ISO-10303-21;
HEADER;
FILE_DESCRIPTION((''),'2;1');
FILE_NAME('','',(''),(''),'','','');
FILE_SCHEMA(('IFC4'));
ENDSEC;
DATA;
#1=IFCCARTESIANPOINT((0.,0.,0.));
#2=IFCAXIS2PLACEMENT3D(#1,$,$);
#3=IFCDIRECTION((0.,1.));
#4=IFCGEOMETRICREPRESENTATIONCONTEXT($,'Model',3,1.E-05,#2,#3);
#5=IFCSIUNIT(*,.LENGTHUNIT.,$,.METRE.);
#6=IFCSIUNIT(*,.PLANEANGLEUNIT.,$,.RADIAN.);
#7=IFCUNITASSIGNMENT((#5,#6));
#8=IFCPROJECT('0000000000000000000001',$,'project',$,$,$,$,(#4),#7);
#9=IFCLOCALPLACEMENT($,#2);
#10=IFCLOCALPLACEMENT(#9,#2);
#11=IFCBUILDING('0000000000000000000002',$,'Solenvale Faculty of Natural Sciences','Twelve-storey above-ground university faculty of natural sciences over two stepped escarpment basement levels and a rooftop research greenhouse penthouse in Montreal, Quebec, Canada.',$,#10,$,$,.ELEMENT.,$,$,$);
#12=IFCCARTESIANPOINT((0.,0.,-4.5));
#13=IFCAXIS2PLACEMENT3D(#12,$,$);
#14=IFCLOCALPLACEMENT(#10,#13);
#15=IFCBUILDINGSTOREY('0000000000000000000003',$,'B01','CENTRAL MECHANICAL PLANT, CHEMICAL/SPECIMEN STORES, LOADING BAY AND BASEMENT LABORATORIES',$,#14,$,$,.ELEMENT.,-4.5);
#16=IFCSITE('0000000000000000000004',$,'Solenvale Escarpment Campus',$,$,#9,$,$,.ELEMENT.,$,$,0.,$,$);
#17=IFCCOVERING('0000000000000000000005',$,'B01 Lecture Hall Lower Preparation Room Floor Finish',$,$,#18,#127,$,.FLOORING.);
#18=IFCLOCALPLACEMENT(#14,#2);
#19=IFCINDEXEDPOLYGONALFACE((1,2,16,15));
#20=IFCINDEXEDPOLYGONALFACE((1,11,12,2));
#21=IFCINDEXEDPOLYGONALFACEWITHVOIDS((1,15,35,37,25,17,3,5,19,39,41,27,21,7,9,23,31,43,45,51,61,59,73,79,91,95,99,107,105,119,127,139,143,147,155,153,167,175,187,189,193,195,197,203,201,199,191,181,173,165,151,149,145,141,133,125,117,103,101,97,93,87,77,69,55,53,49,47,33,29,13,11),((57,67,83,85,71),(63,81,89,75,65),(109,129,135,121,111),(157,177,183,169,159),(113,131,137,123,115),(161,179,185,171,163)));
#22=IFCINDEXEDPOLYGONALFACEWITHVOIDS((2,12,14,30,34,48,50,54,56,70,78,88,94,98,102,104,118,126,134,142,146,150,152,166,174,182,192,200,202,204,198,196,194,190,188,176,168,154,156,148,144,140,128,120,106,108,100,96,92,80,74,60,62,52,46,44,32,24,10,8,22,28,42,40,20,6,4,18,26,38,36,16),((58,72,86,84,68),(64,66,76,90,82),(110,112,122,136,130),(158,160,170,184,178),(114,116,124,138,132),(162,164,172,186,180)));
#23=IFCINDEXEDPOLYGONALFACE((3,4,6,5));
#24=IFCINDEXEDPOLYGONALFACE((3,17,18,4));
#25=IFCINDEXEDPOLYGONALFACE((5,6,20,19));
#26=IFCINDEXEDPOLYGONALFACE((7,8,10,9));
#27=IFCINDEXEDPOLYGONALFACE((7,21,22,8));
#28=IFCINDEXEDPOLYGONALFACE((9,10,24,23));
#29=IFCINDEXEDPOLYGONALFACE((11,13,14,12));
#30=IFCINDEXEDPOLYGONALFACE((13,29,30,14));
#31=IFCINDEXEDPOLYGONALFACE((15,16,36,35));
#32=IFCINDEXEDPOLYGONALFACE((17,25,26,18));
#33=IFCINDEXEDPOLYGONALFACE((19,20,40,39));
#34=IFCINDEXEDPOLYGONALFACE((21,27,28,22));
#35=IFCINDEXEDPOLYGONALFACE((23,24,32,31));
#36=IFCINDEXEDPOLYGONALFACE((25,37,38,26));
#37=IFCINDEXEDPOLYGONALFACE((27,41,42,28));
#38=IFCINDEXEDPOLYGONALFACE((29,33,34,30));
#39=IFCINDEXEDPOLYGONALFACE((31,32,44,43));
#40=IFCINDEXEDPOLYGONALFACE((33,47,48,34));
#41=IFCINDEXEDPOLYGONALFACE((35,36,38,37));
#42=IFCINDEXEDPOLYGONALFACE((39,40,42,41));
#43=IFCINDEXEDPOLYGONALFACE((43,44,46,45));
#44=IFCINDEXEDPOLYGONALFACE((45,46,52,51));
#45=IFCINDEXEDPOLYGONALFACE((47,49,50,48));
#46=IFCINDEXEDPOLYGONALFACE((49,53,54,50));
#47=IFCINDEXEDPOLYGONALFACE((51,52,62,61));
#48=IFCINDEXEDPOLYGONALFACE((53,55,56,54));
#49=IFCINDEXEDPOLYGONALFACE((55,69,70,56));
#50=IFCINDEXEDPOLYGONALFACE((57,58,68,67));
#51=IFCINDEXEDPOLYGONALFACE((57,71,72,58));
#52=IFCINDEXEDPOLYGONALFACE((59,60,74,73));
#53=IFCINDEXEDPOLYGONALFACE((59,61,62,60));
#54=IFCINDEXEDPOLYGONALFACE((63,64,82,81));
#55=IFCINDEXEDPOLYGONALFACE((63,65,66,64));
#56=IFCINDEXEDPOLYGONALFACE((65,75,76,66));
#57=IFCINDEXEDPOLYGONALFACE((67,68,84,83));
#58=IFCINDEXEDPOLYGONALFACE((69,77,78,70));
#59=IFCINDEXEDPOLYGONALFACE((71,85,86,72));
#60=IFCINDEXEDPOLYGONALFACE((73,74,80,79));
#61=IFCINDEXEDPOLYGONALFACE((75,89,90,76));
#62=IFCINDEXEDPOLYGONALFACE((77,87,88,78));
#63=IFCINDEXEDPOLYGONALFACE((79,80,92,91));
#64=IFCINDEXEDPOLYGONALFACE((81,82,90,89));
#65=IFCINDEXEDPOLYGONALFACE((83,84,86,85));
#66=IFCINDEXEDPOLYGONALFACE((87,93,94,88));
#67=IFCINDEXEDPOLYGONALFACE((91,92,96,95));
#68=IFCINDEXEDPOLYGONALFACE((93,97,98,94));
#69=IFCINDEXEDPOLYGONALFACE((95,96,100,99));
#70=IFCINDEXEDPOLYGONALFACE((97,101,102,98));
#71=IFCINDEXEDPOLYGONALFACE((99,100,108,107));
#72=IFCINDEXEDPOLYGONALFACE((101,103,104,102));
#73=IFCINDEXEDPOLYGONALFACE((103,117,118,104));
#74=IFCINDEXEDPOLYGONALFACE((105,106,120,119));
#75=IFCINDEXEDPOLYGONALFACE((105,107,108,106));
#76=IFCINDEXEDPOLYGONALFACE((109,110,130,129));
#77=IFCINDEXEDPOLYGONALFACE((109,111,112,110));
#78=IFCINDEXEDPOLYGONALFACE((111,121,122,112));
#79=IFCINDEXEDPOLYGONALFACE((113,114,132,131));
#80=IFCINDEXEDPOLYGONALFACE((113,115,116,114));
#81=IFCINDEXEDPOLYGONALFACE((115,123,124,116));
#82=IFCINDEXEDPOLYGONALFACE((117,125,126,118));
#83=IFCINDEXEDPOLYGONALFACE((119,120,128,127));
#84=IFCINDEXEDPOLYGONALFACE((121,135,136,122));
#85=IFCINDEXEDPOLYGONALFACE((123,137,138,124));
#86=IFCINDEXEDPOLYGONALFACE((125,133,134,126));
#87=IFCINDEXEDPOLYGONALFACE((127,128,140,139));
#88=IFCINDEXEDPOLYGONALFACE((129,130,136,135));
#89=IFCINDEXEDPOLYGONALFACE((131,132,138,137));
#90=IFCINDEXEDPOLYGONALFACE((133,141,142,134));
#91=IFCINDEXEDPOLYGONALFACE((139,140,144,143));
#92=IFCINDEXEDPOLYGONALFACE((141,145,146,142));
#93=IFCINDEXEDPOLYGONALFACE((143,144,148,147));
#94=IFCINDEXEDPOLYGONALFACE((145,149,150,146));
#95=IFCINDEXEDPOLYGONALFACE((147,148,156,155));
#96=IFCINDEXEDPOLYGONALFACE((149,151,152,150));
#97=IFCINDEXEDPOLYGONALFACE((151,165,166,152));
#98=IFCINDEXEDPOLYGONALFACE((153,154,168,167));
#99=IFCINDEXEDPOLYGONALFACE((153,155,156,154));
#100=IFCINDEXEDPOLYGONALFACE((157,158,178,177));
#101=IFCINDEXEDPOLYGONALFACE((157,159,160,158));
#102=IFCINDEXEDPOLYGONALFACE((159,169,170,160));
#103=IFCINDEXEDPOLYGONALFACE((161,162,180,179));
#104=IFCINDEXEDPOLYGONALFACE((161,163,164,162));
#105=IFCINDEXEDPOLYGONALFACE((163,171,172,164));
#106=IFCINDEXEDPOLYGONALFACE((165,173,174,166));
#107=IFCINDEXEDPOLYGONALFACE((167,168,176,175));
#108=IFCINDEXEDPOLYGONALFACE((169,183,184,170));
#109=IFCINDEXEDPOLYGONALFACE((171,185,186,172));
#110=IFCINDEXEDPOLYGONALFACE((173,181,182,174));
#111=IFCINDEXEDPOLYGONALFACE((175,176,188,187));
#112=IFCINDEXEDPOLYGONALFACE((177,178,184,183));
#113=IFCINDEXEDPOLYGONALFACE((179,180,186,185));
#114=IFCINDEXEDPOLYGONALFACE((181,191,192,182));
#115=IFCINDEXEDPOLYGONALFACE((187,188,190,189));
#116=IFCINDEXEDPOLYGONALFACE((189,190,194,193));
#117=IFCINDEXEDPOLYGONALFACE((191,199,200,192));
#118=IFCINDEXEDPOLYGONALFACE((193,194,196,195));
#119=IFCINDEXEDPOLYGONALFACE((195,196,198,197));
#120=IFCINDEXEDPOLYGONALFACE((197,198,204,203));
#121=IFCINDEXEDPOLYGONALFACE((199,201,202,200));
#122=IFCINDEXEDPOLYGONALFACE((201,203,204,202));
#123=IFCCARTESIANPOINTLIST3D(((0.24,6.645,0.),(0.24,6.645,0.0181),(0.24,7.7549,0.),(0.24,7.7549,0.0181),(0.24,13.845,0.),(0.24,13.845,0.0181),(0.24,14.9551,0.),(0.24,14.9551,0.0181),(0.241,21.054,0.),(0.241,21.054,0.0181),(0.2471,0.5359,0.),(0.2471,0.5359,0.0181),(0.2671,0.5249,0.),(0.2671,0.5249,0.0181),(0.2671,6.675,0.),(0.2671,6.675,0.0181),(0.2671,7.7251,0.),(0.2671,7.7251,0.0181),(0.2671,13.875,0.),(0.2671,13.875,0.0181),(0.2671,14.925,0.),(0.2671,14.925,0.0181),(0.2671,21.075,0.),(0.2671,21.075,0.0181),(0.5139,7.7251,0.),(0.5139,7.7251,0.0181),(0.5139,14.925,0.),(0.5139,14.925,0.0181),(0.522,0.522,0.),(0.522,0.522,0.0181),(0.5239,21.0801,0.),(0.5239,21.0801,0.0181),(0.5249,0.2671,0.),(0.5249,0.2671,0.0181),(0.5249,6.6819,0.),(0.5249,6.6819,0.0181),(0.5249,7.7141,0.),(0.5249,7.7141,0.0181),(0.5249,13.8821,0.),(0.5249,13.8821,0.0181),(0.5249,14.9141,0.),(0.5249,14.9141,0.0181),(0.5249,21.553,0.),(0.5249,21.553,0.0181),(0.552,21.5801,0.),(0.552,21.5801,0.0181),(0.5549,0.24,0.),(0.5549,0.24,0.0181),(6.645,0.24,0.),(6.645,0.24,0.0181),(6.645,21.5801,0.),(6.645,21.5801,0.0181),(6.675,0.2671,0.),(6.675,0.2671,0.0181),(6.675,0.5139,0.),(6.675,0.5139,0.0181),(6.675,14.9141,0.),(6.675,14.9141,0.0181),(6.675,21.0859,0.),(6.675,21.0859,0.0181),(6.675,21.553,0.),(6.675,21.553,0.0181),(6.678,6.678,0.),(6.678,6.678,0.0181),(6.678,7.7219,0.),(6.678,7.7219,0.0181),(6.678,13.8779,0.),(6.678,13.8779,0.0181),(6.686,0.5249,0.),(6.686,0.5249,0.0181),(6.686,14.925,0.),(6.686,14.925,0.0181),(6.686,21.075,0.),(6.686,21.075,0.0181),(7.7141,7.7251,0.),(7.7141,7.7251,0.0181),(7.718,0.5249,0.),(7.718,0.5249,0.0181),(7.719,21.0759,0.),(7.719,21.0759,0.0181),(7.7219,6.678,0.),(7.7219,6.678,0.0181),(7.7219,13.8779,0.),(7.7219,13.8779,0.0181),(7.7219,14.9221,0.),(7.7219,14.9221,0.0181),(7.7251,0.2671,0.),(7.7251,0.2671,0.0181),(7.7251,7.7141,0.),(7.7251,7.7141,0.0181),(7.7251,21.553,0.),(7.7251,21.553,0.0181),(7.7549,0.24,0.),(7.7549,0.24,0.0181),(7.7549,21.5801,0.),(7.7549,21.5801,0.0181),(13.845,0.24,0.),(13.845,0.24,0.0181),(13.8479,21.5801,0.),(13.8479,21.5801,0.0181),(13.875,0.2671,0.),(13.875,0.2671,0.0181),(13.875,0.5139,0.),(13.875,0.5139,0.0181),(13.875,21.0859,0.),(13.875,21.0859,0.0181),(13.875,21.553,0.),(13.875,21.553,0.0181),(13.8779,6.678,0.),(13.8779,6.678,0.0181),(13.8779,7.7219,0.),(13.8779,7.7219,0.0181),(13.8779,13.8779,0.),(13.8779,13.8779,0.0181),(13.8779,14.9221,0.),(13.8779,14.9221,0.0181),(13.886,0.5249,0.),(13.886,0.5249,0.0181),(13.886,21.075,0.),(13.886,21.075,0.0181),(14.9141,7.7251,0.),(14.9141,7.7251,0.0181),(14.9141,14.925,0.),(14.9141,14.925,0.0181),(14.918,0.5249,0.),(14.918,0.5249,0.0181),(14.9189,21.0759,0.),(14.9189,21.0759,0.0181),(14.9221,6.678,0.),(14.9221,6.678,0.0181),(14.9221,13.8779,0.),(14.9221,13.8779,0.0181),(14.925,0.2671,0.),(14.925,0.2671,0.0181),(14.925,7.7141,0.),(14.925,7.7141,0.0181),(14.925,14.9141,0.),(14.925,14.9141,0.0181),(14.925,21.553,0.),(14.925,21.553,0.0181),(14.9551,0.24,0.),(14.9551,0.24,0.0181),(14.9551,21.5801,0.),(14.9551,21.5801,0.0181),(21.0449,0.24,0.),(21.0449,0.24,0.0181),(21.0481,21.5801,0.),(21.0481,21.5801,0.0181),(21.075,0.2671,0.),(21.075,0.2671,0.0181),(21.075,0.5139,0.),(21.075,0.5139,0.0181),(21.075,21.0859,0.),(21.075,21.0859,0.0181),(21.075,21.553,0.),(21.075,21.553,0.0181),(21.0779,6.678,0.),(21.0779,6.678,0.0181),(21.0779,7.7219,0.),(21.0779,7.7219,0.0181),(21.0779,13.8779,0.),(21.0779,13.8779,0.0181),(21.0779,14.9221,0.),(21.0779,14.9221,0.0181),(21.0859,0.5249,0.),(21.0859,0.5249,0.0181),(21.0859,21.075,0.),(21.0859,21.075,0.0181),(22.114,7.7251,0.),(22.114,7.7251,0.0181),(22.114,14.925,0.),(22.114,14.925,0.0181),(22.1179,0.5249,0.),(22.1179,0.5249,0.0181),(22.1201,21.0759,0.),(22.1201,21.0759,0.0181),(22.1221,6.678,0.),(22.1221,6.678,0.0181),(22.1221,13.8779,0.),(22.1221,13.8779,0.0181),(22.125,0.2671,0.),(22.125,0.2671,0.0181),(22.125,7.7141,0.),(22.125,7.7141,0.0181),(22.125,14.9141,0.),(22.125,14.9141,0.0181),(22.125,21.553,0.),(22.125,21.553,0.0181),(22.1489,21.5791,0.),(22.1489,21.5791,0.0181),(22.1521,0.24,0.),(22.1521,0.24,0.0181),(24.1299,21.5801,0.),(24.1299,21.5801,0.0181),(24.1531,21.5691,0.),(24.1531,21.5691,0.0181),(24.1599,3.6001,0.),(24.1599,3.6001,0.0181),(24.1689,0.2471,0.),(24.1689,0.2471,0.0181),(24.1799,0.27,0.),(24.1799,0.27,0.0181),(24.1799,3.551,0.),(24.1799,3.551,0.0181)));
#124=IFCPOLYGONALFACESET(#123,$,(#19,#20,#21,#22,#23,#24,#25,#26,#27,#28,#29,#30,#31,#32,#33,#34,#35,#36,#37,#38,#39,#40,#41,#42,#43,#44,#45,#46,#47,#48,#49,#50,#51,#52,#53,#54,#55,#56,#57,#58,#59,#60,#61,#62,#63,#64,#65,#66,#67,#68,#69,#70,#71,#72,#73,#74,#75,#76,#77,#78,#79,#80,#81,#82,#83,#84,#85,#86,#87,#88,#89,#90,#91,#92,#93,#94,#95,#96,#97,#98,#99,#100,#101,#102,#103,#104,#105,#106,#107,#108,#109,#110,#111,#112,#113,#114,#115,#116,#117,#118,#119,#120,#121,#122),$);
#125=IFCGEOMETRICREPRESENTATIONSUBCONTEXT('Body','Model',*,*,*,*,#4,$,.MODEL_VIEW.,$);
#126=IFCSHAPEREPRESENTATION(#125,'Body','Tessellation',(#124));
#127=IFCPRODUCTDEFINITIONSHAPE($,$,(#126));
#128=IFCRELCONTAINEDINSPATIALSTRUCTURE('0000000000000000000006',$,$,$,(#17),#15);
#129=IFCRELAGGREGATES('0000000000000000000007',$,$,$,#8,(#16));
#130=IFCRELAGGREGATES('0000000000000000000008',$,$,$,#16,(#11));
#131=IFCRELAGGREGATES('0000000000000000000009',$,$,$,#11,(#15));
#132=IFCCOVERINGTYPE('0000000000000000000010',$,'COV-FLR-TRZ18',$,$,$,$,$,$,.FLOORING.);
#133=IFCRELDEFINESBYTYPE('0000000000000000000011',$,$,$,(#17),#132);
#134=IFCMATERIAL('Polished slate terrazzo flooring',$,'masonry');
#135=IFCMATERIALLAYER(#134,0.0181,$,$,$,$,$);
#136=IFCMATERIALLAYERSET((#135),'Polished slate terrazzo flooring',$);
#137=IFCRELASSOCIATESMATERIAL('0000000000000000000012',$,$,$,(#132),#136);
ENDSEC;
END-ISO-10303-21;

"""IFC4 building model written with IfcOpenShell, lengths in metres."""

from ifc_helpers import new_model, si_unit, direction, frame, origin, place, context, subcontext, project, spatial, polyline, outline, extrude, material, layer, layer_set, type_object, element, save


model = new_model("IFC4")

# Units and contexts
model_context = context("Model", 3, precision=1e-05, world=origin(), true_north=direction((0.0, 1.0)))
body_context = subcontext(model_context, "Body", "Model", "MODEL_VIEW")
ifc_project = project(units=[si_unit("LENGTHUNIT", "METRE"), si_unit("PLANEANGLEUNIT", "RADIAN")], contexts=[model_context])

# Site, building, storey
site_placement = place(None, origin())
site = spatial("IfcSite", under=ifc_project, at=site_placement, Name="Solenvale Escarpment Campus", CompositionType="ELEMENT", RefElevation=0.0)
building_placement = place(site_placement, origin())
building = spatial("IfcBuilding", under=site, at=building_placement, Name="Solenvale Faculty of Natural Sciences", Description="Twelve-storey above-ground university faculty of natural sciences over two stepped escarpment basement levels and a rooftop research greenhouse penthouse in Montreal, Quebec, Canada.", CompositionType="ELEMENT")
storey_placement = place(building_placement, frame((0.0, 0.0, -4.5)))
storey = spatial("IfcBuildingStorey", under=building, at=storey_placement, Name="B01", Description="CENTRAL MECHANICAL PLANT, CHEMICAL/SPECIMEN STORES, LOADING BAY AND BASEMENT LABORATORIES", CompositionType="ELEMENT", Elevation=-4.5)

# Covering
ifc_material_1 = material(Name="Polished slate terrazzo flooring", Category="masonry")
ifc_layer_1 = layer(ifc_material_1, 0.0181)
ifc_layer_set_1 = layer_set([ifc_layer_1], Name="Polished slate terrazzo flooring")
covering_type_1 = type_object("IfcCoveringType", Name="COV-FLR-TRZ18", PredefinedType="FLOORING", material=ifc_layer_set_1)
covering_1_placement = place(storey_placement, origin())
element("IfcCovering", 1, at=covering_1_placement, inside=storey, type_object=covering_type_1, Name="B01 Lecture Hall Lower Preparation Room Floor Finish", PredefinedType="FLOORING", context=body_context, shape_type="SweptSolid", body=[
    extrude(outline(polyline([(6.645, 21.5801), (6.675, 21.553), (6.675, 21.0859), (6.686, 21.075), (7.719, 21.0759), (7.7251, 21.553), (7.7549, 21.5801), (13.8479, 21.5801), (13.875, 21.553), (13.875, 21.0859), (13.886, 21.075), (14.9189, 21.0759), (14.925, 21.553), (14.9551, 21.5801), (21.0481, 21.5801), (21.075, 21.553), (21.075, 21.0859), (21.0859, 21.075), (22.1201, 21.0759), (22.125, 21.553), (22.1489, 21.5791), (24.1299, 21.5801), (24.1531, 21.5691), (24.1599, 3.6001), (24.1799, 3.551), (24.1799, 0.27), (24.1689, 0.2471), (22.1521, 0.24), (22.125, 0.2671), (22.1179, 0.5249), (21.0859, 0.5249), (21.075, 0.5139), (21.075, 0.2671), (21.0449, 0.24), (14.9551, 0.24), (14.925, 0.2671), (14.918, 0.5249), (13.886, 0.5249), (13.875, 0.5139), (13.875, 0.2671), (13.845, 0.24), (7.7549, 0.24), (7.7251, 0.2671), (7.718, 0.5249), (6.686, 0.5249), (6.675, 0.5139), (6.675, 0.2671), (6.645, 0.24), (0.5549, 0.24), (0.5249, 0.2671), (0.522, 0.522), (0.2671, 0.5249), (0.2471, 0.5359), (0.24, 6.645), (0.2671, 6.675), (0.5249, 6.6819), (0.5249, 7.7141), (0.5139, 7.7251), (0.2671, 7.7251), (0.24, 7.7549), (0.24, 13.845), (0.2671, 13.875), (0.5249, 13.8821), (0.5249, 14.9141), (0.5139, 14.925), (0.2671, 14.925), (0.24, 14.9551), (0.241, 21.054), (0.2671, 21.075), (0.5239, 21.0801), (0.5249, 21.553), (0.552, 21.5801), (6.645, 21.5801)]), holes=[polyline([(22.125, 7.7141), (22.114, 7.7251), (21.0779, 7.7219), (21.0779, 6.678), (22.1221, 6.678), (22.125, 7.7141)]), polyline([(22.125, 14.9141), (22.114, 14.925), (21.0779, 14.9221), (21.0779, 13.8779), (22.1221, 13.8779), (22.125, 14.9141)]), polyline([(14.925, 7.7141), (14.9141, 7.7251), (13.8779, 7.7219), (13.8779, 6.678), (14.9221, 6.678), (14.925, 7.7141)]), polyline([(14.925, 14.9141), (14.9141, 14.925), (13.8779, 14.9221), (13.8779, 13.8779), (14.9221, 13.8779), (14.925, 14.9141)]), polyline([(6.686, 14.925), (6.675, 14.9141), (6.678, 13.8779), (7.7219, 13.8779), (7.7219, 14.9221), (6.686, 14.925)]), polyline([(7.7251, 7.7141), (7.7141, 7.7251), (6.678, 7.7219), (6.678, 6.678), (7.7219, 6.678), (7.7251, 7.7141)])]), origin(), (0.0, 0.0, 1.0), 0.0181),
])

save(model, "model.ifc")
